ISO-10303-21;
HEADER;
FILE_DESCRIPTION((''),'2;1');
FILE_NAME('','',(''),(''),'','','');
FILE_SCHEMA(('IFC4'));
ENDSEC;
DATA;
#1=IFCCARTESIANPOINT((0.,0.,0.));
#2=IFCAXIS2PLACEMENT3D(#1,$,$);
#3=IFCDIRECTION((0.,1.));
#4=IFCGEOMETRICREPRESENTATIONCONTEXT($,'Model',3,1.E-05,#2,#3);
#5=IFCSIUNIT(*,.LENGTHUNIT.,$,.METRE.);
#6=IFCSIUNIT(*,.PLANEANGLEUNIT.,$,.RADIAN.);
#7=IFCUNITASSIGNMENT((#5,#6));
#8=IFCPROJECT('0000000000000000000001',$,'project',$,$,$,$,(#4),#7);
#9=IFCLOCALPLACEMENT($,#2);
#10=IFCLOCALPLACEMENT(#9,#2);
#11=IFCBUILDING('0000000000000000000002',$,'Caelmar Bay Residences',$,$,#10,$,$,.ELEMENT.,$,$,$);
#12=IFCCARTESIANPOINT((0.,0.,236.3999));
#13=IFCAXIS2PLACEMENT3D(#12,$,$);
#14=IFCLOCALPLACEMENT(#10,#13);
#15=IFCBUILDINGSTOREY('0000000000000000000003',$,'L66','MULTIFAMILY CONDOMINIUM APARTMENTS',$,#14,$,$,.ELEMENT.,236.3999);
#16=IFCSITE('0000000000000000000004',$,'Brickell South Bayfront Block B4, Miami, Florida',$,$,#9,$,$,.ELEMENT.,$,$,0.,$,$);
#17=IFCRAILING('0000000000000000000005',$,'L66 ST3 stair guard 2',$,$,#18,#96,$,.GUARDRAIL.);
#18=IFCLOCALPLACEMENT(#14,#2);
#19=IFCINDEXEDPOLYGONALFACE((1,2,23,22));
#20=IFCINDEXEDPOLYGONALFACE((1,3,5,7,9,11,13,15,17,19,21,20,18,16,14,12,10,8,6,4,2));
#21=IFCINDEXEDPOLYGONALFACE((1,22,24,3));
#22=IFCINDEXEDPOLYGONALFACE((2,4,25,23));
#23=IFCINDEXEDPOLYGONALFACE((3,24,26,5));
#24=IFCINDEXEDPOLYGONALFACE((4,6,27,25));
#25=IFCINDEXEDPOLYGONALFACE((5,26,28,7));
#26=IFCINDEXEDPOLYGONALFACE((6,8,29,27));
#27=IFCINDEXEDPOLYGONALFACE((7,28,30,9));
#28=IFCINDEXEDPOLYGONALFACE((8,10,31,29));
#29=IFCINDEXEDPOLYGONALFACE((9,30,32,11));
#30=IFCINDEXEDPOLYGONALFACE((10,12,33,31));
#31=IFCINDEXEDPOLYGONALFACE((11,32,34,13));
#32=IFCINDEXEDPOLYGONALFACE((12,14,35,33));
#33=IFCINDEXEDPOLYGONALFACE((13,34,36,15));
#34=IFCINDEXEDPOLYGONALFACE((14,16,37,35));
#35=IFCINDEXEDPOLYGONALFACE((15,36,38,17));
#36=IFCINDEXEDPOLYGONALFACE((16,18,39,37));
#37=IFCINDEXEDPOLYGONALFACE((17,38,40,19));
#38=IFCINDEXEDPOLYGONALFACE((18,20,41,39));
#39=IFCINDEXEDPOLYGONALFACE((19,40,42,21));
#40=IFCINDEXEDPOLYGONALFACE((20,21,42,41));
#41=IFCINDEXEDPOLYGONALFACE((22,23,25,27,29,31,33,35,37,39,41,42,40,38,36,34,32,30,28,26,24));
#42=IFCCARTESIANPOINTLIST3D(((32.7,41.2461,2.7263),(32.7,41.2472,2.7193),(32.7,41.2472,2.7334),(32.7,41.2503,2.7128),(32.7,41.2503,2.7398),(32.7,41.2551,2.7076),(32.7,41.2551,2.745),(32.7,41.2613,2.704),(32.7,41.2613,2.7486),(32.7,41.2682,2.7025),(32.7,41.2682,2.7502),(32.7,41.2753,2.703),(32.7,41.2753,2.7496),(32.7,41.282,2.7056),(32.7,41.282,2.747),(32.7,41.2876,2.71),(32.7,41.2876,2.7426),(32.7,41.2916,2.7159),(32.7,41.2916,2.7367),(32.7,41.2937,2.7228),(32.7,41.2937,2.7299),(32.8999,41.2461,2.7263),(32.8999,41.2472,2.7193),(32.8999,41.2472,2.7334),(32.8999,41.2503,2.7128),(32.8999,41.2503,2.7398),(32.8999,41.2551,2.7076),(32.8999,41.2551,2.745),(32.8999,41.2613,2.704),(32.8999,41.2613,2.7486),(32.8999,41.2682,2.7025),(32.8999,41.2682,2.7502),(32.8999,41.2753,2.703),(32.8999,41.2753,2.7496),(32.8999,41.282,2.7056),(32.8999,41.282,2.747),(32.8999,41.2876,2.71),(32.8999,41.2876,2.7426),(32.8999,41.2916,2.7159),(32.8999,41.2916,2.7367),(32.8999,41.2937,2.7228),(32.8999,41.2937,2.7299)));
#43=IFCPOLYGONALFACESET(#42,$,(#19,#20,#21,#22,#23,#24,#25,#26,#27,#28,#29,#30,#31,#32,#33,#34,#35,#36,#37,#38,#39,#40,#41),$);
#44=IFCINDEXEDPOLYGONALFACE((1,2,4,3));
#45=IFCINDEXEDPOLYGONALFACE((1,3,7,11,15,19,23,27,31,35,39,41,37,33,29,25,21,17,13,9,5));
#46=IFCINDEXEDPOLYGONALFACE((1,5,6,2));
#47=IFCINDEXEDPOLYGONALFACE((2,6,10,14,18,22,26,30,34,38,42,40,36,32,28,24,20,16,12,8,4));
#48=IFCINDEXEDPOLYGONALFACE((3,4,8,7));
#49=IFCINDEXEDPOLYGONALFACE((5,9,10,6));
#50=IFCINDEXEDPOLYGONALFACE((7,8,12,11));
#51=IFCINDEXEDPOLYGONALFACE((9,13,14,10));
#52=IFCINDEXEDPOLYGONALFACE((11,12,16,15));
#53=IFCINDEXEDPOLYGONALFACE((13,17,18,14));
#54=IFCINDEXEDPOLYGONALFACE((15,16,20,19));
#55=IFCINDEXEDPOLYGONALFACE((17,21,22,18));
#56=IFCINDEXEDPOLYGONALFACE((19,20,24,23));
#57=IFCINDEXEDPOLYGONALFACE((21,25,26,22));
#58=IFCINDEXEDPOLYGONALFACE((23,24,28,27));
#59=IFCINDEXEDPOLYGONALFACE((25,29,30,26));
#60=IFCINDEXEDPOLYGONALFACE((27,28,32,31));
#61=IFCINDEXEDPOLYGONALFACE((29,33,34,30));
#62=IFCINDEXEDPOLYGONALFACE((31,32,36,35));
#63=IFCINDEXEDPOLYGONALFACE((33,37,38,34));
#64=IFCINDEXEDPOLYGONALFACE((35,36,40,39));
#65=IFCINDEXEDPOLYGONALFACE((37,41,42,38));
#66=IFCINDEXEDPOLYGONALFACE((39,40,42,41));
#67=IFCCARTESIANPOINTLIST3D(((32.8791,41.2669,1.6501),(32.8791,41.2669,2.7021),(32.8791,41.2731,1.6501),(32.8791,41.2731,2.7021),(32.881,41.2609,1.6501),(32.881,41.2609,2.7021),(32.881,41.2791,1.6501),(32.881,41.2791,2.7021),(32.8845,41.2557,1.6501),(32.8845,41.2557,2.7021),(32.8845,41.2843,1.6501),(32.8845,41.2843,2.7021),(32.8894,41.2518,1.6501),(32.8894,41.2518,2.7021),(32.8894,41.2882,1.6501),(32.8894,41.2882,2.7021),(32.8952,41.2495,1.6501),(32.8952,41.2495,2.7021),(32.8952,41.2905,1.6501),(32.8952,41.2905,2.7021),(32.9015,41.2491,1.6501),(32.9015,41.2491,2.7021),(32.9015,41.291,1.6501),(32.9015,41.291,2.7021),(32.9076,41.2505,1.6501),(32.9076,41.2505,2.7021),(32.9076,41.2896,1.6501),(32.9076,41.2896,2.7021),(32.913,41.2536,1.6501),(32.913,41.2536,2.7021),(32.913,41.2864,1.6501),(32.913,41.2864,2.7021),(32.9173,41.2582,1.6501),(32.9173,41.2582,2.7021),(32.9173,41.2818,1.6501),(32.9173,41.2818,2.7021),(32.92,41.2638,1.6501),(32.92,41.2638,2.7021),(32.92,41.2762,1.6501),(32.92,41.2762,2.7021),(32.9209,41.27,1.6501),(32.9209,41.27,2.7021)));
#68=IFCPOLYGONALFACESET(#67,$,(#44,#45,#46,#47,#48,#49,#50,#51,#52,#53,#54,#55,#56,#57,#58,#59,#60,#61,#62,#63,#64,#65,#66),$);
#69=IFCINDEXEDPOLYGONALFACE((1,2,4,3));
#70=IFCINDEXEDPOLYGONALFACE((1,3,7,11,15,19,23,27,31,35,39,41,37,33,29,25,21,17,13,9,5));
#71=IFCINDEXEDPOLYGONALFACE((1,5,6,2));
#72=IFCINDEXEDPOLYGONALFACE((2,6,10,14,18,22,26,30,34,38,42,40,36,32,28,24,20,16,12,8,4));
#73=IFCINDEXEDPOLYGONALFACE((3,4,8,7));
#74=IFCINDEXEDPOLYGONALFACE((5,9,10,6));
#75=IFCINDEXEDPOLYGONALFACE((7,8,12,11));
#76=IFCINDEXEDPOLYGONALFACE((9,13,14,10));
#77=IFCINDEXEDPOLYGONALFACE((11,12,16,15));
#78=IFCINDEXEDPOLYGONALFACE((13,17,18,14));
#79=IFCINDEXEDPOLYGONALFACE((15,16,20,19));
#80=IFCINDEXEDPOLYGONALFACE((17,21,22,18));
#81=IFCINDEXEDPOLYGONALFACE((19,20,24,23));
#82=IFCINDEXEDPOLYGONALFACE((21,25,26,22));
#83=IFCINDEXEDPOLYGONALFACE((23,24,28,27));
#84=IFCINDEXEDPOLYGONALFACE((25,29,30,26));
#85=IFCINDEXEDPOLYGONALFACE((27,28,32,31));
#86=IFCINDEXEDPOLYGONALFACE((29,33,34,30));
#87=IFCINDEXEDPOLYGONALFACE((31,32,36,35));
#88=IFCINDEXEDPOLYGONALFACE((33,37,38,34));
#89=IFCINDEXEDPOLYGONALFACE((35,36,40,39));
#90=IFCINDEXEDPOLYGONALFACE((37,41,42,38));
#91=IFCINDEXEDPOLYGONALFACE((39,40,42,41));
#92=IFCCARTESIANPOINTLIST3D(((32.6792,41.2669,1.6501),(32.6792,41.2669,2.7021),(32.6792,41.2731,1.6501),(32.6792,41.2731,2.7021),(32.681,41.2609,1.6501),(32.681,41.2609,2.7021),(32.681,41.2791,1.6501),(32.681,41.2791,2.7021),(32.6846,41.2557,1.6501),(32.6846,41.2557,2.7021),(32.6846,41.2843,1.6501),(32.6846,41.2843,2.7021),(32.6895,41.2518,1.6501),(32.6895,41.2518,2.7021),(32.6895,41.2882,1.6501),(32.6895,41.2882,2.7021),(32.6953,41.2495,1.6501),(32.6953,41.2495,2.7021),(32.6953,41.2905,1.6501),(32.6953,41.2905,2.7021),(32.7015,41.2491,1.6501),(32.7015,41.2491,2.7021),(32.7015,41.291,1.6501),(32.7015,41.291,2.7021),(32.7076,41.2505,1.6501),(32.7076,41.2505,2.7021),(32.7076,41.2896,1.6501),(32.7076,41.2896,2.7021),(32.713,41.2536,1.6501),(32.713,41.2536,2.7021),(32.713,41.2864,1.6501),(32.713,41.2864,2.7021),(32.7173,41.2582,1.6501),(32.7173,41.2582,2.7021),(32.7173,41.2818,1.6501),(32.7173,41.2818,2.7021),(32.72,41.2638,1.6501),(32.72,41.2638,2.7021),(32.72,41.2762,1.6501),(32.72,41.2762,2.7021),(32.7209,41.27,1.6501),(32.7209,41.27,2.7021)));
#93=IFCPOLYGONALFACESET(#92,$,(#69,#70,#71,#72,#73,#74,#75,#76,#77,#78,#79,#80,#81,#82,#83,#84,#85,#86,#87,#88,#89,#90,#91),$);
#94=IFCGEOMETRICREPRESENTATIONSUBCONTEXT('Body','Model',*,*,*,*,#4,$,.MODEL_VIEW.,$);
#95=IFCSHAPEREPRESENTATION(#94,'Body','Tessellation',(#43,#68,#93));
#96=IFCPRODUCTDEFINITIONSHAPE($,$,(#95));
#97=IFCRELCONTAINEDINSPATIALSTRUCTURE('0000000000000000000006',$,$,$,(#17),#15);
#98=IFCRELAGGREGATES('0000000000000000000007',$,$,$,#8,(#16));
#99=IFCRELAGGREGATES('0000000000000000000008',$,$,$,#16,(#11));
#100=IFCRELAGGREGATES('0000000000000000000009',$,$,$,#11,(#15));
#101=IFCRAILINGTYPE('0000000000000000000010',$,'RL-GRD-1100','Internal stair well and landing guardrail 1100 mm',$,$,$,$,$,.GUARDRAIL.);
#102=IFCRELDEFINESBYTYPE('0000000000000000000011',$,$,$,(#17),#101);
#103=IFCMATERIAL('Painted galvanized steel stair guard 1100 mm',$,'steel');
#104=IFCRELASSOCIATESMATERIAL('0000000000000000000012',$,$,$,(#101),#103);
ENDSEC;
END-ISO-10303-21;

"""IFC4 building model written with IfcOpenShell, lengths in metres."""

from ifc_helpers import new_model, si_unit, direction, frame, origin, origin_2d, place, context, subcontext, project, spatial, circle, extrude, material, type_object, element, save


model = new_model("IFC4")

# Units and contexts
model_context = context("Model", 3, precision=1e-05, world=origin(), true_north=direction((0.0, 1.0)))
body_context = subcontext(model_context, "Body", "Model", "MODEL_VIEW")
ifc_project = project(units=[si_unit("LENGTHUNIT", "METRE"), si_unit("PLANEANGLEUNIT", "RADIAN")], contexts=[model_context])

# Site, building, storey
site_placement = place(None, origin())
site = spatial("IfcSite", under=ifc_project, at=site_placement, Name="Brickell South Bayfront Block B4, Miami, Florida", CompositionType="ELEMENT", RefElevation=0.0)
building_placement = place(site_placement, origin())
building = spatial("IfcBuilding", under=site, at=building_placement, Name="Caelmar Bay Residences", CompositionType="ELEMENT")
storey_placement = place(building_placement, frame((0.0, 0.0, 236.3999)))
storey = spatial("IfcBuildingStorey", under=building, at=storey_placement, Name="L66", Description="MULTIFAMILY CONDOMINIUM APARTMENTS", CompositionType="ELEMENT", Elevation=236.3999)

# Railing
ifc_material_1 = material(Name="Painted galvanized steel stair guard 1100 mm", Category="steel")
railing_type_1 = type_object("IfcRailingType", Name="RL-GRD-1100", Description="Internal stair well and landing guardrail 1100 mm", PredefinedType="GUARDRAIL", material=ifc_material_1)
railing_1_placement = place(storey_placement, frame((32.8999, 41.27, 1.6501)))
element("IfcRailing", 1, at=railing_1_placement, inside=storey, type_object=railing_type_1, Name="L66 ST3 stair guard 2", PredefinedType="GUARDRAIL", context=body_context, shape_type="SweptSolid", body=[
    extrude(circle(Radius=0.0239, at=origin_2d()), frame((0.0, 0.0, 1.0762), z_axis=(-1.0, 0.0, 0.0), x_axis=(0.0, -1.0, 0.0)), (0.0, 0.0, 1.0), 0.2),
    extrude(circle(Radius=0.021, at=origin_2d()), origin(), (0.0, 0.0, 1.0), 1.052),
    extrude(circle(Radius=0.021, at=origin_2d()), frame((-0.2, 0.0, 0.0)), (0.0, 0.0, 1.0), 1.052),
])

save(model, "model.ifc")
